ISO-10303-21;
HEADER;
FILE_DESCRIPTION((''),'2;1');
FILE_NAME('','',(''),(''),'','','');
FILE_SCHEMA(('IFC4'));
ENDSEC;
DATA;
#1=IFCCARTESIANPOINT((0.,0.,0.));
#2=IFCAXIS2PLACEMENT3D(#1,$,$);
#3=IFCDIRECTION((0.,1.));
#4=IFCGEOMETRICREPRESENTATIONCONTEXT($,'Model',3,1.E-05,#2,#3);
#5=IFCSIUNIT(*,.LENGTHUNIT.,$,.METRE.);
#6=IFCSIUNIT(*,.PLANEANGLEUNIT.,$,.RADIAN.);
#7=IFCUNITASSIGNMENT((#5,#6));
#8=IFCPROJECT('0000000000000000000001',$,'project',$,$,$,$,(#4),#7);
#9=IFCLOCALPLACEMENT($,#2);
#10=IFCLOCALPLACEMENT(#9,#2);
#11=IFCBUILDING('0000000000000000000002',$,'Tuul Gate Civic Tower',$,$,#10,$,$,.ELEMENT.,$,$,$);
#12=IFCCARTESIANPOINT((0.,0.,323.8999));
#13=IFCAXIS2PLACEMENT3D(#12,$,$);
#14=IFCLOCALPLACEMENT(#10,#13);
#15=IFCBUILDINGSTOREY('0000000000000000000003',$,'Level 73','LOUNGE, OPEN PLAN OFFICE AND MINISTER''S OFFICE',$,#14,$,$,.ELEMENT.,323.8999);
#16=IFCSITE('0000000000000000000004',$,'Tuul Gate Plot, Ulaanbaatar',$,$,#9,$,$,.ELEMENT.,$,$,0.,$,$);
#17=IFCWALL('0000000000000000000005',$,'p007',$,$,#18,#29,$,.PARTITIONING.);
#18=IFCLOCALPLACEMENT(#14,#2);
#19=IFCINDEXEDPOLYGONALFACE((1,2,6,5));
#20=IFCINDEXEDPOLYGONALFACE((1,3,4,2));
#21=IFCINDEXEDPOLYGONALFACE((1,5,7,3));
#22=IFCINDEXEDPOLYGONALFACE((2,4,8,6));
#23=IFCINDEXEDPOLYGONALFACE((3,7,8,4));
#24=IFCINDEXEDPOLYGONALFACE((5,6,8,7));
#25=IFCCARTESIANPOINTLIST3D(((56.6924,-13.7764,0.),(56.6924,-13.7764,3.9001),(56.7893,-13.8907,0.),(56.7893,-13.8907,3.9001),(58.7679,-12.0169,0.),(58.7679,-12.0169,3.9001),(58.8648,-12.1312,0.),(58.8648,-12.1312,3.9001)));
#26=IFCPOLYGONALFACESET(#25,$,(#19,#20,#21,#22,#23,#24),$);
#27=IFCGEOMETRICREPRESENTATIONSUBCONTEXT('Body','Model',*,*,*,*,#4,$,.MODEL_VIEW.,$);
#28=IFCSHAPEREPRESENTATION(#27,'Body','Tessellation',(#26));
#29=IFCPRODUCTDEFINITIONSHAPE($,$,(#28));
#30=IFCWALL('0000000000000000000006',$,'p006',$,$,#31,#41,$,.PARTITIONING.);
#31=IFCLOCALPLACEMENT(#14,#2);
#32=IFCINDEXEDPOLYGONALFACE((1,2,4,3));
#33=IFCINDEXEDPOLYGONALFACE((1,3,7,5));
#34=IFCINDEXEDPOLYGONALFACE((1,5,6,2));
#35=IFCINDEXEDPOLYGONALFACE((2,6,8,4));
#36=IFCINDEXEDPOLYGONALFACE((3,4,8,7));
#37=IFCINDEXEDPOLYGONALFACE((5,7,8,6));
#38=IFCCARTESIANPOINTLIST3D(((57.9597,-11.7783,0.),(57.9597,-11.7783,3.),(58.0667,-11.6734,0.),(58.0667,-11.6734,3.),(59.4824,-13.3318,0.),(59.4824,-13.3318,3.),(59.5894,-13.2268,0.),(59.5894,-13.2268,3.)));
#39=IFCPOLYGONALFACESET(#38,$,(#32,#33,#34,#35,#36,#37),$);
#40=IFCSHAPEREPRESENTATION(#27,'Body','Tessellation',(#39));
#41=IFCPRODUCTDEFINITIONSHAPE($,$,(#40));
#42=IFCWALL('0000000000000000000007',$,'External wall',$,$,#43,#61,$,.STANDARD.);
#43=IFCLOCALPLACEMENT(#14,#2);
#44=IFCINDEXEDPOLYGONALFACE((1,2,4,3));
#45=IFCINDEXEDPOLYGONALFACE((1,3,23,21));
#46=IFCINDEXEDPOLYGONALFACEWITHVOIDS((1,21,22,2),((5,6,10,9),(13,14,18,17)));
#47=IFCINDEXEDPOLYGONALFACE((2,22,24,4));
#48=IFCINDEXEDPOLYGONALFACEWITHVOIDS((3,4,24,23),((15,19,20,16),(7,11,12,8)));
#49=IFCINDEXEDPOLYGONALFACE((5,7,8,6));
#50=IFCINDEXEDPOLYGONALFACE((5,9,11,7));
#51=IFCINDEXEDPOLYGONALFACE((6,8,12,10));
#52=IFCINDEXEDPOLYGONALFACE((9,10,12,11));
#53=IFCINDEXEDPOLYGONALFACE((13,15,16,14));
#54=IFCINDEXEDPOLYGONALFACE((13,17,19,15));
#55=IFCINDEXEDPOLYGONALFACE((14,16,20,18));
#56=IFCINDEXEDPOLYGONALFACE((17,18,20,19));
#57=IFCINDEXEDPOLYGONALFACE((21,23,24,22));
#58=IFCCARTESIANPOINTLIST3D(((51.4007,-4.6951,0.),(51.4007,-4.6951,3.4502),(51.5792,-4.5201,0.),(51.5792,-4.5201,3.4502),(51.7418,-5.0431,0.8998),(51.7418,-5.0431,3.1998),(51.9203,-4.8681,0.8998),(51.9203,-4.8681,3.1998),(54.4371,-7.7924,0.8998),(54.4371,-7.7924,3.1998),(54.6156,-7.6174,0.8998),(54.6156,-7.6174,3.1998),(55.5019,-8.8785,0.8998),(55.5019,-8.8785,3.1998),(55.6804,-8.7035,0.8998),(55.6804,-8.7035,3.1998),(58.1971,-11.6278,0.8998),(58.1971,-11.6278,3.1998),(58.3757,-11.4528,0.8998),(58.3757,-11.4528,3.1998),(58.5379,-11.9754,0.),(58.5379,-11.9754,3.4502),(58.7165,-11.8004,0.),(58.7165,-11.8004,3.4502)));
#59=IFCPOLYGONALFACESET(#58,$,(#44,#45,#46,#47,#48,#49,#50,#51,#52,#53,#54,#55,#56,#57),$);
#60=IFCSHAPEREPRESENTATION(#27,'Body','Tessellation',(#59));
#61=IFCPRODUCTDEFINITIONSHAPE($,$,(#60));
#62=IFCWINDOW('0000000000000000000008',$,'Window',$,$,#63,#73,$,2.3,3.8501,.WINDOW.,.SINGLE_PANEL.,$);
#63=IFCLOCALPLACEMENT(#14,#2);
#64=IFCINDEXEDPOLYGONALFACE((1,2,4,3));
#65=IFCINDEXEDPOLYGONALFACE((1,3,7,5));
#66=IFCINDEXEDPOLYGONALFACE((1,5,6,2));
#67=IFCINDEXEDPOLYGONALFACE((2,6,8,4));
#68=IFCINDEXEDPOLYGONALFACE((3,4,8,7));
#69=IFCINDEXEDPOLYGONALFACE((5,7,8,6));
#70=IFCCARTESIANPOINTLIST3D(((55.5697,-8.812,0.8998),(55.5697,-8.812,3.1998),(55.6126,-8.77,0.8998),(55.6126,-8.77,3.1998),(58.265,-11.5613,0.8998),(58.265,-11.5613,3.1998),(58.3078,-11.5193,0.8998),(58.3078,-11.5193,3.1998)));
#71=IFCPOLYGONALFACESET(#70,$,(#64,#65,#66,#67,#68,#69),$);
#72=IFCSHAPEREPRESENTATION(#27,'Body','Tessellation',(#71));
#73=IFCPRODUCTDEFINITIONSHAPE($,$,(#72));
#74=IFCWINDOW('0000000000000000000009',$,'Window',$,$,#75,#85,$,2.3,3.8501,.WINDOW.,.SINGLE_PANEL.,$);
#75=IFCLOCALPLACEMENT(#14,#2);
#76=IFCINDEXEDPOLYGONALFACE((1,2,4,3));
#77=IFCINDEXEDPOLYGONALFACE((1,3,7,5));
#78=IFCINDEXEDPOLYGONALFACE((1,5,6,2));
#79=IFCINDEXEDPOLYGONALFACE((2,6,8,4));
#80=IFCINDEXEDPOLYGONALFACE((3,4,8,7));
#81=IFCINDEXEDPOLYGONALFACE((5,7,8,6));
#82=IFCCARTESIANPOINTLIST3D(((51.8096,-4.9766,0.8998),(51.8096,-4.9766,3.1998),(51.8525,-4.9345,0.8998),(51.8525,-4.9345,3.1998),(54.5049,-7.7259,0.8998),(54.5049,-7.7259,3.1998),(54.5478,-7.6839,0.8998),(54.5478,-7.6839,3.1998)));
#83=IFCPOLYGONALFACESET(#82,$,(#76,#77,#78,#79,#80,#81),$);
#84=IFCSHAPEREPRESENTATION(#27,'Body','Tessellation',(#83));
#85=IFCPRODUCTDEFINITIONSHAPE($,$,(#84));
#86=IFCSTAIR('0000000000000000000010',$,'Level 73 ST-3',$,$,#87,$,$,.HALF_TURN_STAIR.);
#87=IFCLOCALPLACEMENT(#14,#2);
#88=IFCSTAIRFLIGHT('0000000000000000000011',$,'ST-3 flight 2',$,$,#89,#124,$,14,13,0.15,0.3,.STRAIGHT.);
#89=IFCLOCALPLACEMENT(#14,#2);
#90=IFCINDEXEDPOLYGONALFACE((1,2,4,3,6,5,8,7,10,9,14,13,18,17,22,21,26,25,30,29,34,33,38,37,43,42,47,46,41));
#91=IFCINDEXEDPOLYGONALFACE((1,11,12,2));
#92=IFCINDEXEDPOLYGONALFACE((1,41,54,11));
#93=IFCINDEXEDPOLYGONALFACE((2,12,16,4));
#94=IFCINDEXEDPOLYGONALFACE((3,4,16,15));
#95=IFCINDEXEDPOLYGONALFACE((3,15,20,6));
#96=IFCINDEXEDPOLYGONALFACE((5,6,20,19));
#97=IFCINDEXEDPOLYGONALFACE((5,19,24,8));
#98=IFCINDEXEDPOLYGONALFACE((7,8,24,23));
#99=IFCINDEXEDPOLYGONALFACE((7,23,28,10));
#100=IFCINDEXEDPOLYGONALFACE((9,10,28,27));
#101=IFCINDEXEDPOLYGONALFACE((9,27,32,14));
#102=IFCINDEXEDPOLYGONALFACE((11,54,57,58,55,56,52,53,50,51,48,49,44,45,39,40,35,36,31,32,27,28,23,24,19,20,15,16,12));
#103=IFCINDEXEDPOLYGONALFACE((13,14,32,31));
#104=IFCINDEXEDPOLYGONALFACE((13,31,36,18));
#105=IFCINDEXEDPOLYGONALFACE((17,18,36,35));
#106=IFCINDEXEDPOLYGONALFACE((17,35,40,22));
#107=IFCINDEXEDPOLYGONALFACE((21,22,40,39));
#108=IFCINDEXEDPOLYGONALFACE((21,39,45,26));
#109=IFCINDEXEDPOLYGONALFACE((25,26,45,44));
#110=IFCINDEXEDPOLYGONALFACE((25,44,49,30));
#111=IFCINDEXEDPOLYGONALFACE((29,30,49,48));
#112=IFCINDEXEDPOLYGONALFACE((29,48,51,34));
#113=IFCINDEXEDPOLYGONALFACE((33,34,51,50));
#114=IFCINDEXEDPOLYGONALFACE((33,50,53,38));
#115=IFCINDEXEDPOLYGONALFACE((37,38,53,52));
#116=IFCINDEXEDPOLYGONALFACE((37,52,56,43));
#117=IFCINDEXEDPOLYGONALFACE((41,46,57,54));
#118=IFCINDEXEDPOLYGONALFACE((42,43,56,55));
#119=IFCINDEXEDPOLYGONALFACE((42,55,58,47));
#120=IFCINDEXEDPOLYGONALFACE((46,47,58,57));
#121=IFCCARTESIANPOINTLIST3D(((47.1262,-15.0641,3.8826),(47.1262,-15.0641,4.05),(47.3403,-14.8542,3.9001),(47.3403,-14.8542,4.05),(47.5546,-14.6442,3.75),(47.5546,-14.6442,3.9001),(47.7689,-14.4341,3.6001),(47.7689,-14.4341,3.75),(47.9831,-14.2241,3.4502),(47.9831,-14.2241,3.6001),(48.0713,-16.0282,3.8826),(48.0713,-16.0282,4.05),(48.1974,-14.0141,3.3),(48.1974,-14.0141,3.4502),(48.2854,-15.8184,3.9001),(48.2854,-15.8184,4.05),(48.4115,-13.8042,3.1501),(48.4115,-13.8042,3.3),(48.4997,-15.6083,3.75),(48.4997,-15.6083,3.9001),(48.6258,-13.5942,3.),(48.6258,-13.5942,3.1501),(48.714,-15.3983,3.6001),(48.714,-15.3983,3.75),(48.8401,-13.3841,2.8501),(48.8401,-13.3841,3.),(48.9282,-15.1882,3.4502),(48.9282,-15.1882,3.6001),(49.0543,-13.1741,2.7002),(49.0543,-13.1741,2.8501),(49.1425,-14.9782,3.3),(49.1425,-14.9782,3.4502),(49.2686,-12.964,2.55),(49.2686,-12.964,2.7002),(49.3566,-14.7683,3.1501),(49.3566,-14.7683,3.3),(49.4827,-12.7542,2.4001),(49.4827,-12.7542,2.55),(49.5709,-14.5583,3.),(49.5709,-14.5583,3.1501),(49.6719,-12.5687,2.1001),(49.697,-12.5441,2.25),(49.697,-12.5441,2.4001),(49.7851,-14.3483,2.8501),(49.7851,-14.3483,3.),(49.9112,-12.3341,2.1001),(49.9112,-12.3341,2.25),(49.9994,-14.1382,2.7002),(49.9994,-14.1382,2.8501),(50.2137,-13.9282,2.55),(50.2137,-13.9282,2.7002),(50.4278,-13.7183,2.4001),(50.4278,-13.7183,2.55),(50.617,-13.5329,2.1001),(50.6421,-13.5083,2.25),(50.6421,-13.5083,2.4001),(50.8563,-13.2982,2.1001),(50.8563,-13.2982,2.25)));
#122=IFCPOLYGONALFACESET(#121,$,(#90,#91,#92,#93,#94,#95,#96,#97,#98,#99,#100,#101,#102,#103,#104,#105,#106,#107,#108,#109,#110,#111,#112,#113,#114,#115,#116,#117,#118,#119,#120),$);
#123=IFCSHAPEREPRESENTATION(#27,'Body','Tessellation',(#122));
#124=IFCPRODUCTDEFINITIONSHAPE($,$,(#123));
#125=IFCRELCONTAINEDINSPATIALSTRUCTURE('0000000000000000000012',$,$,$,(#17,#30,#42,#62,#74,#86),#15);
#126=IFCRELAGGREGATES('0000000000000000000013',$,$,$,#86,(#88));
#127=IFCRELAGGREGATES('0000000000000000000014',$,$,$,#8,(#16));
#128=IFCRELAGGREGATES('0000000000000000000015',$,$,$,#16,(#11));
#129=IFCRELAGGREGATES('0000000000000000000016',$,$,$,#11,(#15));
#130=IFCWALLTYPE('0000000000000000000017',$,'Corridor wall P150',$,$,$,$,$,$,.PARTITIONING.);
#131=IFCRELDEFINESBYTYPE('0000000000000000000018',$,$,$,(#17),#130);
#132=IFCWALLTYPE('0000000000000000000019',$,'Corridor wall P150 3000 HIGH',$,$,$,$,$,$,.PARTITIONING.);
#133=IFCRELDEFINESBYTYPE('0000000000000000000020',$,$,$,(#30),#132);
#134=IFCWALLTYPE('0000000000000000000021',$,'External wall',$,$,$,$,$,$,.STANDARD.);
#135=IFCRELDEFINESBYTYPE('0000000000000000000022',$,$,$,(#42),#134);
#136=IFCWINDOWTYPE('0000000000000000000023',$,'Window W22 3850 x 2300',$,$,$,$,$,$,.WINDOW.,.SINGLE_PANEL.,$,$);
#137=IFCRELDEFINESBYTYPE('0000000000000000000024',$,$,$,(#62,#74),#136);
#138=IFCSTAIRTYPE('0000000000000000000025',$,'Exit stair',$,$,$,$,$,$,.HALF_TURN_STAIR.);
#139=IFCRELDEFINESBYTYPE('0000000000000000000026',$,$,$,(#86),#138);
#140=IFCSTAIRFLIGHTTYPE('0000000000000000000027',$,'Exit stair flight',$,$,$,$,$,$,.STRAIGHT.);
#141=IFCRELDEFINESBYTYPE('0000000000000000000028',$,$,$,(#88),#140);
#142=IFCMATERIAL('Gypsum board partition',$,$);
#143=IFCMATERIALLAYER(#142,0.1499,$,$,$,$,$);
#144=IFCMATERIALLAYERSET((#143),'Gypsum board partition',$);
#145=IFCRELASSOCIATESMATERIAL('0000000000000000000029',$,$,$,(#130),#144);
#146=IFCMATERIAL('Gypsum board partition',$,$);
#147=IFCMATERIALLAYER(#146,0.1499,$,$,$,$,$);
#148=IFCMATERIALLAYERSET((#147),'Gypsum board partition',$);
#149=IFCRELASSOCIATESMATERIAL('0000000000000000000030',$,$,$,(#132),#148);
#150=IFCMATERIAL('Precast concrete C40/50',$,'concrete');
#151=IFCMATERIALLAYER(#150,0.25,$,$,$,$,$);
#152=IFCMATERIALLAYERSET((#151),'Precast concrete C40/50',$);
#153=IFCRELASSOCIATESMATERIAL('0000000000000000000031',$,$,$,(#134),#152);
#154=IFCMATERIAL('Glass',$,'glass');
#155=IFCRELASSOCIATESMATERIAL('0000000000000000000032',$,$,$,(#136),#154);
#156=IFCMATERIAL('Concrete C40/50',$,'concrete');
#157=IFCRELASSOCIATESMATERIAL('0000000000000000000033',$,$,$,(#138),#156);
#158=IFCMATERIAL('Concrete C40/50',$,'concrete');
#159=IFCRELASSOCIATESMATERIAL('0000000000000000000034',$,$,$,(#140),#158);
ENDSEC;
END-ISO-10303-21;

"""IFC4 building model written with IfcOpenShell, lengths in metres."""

from ifc_helpers import new_model, si_unit, direction, frame, frame_2d, origin, place, context, subcontext, project, spatial, polyline, rectangle, outline, extrude, material, layer, layer_set, type_object, element, fill, aggregate, save


model = new_model("IFC4")

# Units and contexts
model_context = context("Model", 3, precision=1e-05, world=origin(), true_north=direction((0.0, 1.0)))
body_context = subcontext(model_context, "Body", "Model", "MODEL_VIEW")
ifc_project = project(units=[si_unit("LENGTHUNIT", "METRE"), si_unit("PLANEANGLEUNIT", "RADIAN")], contexts=[model_context])

# Site, building, storey
site_placement = place(None, origin())
site = spatial("IfcSite", under=ifc_project, at=site_placement, Name="Tuul Gate Plot, Ulaanbaatar", CompositionType="ELEMENT", RefElevation=0.0)
building_placement = place(site_placement, origin())
building = spatial("IfcBuilding", under=site, at=building_placement, Name="Tuul Gate Civic Tower", CompositionType="ELEMENT")
storey_placement = place(building_placement, frame((0.0, 0.0, 323.8999)))
storey = spatial("IfcBuildingStorey", under=building, at=storey_placement, Name="Level 73", Description="LOUNGE, OPEN PLAN OFFICE AND MINISTER'S OFFICE", CompositionType="ELEMENT", Elevation=323.8999)

# Walls
ifc_material_1 = material(Name="Gypsum board partition")
ifc_layer_1 = layer(ifc_material_1, 0.1499)
ifc_layer_set_1 = layer_set([ifc_layer_1], Name="Gypsum board partition")
wall_type_1 = type_object("IfcWallType", Name="Corridor wall P150", PredefinedType="PARTITIONING", material=ifc_layer_set_1)
wall_1_placement = place(storey_placement, frame((56.741, -13.8335, 0.0), z_axis=(0.0, 0.0, 1.0), x_axis=(0.762773, 0.646666, 0.0)))
element("IfcWall", 1, at=wall_1_placement, inside=storey, type_object=wall_type_1, Name="p007", PredefinedType="PARTITIONING", context=body_context, shape_type="SweptSolid", body=[
    extrude(rectangle(XDim=2.7209, YDim=0.1499, at=frame_2d((1.3604, 0.0))), origin(), (0.0, 0.0, 1.0), 3.9001),
])
ifc_material_2 = material(Name="Gypsum board partition")
ifc_layer_2 = layer(ifc_material_2, 0.1499)
ifc_layer_set_2 = layer_set([ifc_layer_2], Name="Gypsum board partition")
wall_type_2 = type_object("IfcWallType", Name="Corridor wall P150 3000 HIGH", PredefinedType="PARTITIONING", material=ifc_layer_set_2)
wall_2_placement = place(storey_placement, frame((58.0132, -11.7258, 0.0), z_axis=(0.0, 0.0, 1.0), x_axis=(0.700001, -0.714142, 0.0)))
element("IfcWall", 2, at=wall_2_placement, inside=storey, type_object=wall_type_2, Name="p006", PredefinedType="PARTITIONING", context=body_context, shape_type="SweptSolid", body=[
    extrude(rectangle(XDim=2.1753, YDim=0.1499, at=frame_2d((1.0876, 0.0))), origin(), (0.0, 0.0, 1.0), 3.0),
])

# Wall, openings, windows
ifc_material_3 = material(Name="Precast concrete C40/50", Category="concrete")
ifc_layer_3 = layer(ifc_material_3, 0.25)
ifc_layer_set_3 = layer_set([ifc_layer_3], Name="Precast concrete C40/50")
wall_type_3 = type_object("IfcWallType", Name="External wall", PredefinedType="STANDARD", material=ifc_layer_set_3)
wall_3_placement = place(storey_placement, frame((58.6272, -11.8879, 0.0), z_axis=(0.0, 0.0, 1.0), x_axis=(-0.700056, 0.714088, 0.0)))
wall_3 = element("IfcWall", 3, at=wall_3_placement, inside=storey, type_object=wall_type_3, Name="External wall", PredefinedType="STANDARD", context=body_context, shape_type="SweptSolid", body=[
    extrude(rectangle(XDim=10.1953, YDim=0.25, at=frame_2d((5.0977, 0.0))), origin(), (0.0, 0.0, 1.0), 3.4502),
])
opening_1_placement = place(wall_3_placement, frame((0.4868, 0.0, 0.8999)))
opening_1 = element("IfcOpeningElement", 4, at=opening_1_placement, cuts=wall_3, PredefinedType="OPENING", context=body_context, shape_type="SweptSolid", body=[
    extrude(rectangle(XDim=3.8501, YDim=2.3, at=frame_2d((1.925, 1.1499))), frame((0.0, 0.135, 0.0), z_axis=(0.0, -1.0, 0.0), x_axis=(1.0, 0.0, 0.0)), (0.0, 0.0, 1.0), 0.27),
])
opening_2_placement = place(wall_3_placement, frame((5.8579, 0.0, 0.8999)))
opening_2 = element("IfcOpeningElement", 5, at=opening_2_placement, cuts=wall_3, PredefinedType="OPENING", context=body_context, shape_type="SweptSolid", body=[
    extrude(rectangle(XDim=3.8501, YDim=2.3, at=frame_2d((1.925, 1.1499))), frame((0.0, 0.135, 0.0), z_axis=(0.0, -1.0, 0.0), x_axis=(1.0, 0.0, 0.0)), (0.0, 0.0, 1.0), 0.27),
])
ifc_material_4 = material(Name="Glass", Category="glass")
window_type = type_object("IfcWindowType", Name="Window W22 3850 x 2300", PartitioningType="SINGLE_PANEL", PredefinedType="WINDOW", material=ifc_material_4)
window_1_placement = place(opening_1_placement, origin())
window_1 = element("IfcWindow", 6, at=window_1_placement, inside=storey, type_object=window_type, Name="Window", OverallHeight=2.3, OverallWidth=3.8501, PartitioningType="SINGLE_PANEL", PredefinedType="WINDOW", context=body_context, shape_type="SweptSolid", body=[
    extrude(rectangle(XDim=3.8501, YDim=2.3, at=frame_2d((1.925, 1.1499))), frame((0.0, 0.03, 0.0), z_axis=(0.0, -1.0, 0.0), x_axis=(1.0, 0.0, 0.0)), (0.0, 0.0, 1.0), 0.0601),
])
fill(opening_1, window_1)
window_2_placement = place(opening_2_placement, origin())
window_2 = element("IfcWindow", 7, at=window_2_placement, inside=storey, type_object=window_type, Name="Window", OverallHeight=2.3, OverallWidth=3.8501, PartitioningType="SINGLE_PANEL", PredefinedType="WINDOW", context=body_context, shape_type="SweptSolid", body=[
    extrude(rectangle(XDim=3.8501, YDim=2.3, at=frame_2d((1.925, 1.1499))), frame((0.0, 0.03, 0.0), z_axis=(0.0, -1.0, 0.0), x_axis=(1.0, 0.0, 0.0)), (0.0, 0.0, 1.0), 0.0601),
])
fill(opening_2, window_2)

# Stair, stair flight
ifc_material_5 = material(Name="Concrete C40/50", Category="concrete")
stair_type = type_object("IfcStairType", Name="Exit stair", PredefinedType="HALF_TURN_STAIR", material=ifc_material_5)
stair_placement = place(storey_placement, origin())
stair = element("IfcStair", 8, at=stair_placement, inside=storey, type_object=stair_type, Name="Level 73 ST-3", PredefinedType="HALF_TURN_STAIR")
ifc_material_6 = material(Name="Concrete C40/50", Category="concrete")
stair_flight_type = type_object("IfcStairFlightType", Name="Exit stair flight", PredefinedType="STRAIGHT", material=ifc_material_6)
stair_flight_placement = place(storey_placement, frame((50.3838, -12.8162, 2.1001), z_axis=(0.0, 0.0, 1.0), x_axis=(-0.714127, -0.700016, 0.0)))
stair_flight = element("IfcStairFlight", 9, at=stair_flight_placement, type_object=stair_flight_type, Name="ST-3 flight 2", NumberOfRisers=14, NumberOfTreads=13, PredefinedType="STRAIGHT", RiserHeight=0.15, TreadLength=0.3, context=body_context, shape_type="SweptSolid", body=[
    extrude(outline(polyline([(0.0, 0.0), (0.0, 0.1499), (0.3, 0.1499), (0.3, 0.3), (0.6001, 0.3), (0.6001, 0.45), (0.8999, 0.45), (0.8999, 0.6001), (1.2, 0.6001), (1.2, 0.75), (1.5, 0.75), (1.5, 0.8999), (1.8, 0.8999), (1.8, 1.05), (2.1001, 1.05), (2.1001, 1.2), (2.3999, 1.2), (2.3999, 1.3501), (2.7, 1.3501), (2.7, 1.5), (3.0, 1.5), (3.0, 1.6499), (3.3, 1.6499), (3.3, 1.8), (3.6001, 1.8), (3.6001, 1.95), (3.8999, 1.95), (3.8999, 2.1001), (3.8999, 1.7825), (0.3352, 0.0), (0.0, 0.0)])), frame((0.0, 0.675, 0.0), z_axis=(0.0, -1.0, 0.0), x_axis=(1.0, 0.0, 0.0)), (0.0, 0.0, 1.0), 1.3501),
])
aggregate(stair, [stair_flight])

save(model, "model.ifc")
